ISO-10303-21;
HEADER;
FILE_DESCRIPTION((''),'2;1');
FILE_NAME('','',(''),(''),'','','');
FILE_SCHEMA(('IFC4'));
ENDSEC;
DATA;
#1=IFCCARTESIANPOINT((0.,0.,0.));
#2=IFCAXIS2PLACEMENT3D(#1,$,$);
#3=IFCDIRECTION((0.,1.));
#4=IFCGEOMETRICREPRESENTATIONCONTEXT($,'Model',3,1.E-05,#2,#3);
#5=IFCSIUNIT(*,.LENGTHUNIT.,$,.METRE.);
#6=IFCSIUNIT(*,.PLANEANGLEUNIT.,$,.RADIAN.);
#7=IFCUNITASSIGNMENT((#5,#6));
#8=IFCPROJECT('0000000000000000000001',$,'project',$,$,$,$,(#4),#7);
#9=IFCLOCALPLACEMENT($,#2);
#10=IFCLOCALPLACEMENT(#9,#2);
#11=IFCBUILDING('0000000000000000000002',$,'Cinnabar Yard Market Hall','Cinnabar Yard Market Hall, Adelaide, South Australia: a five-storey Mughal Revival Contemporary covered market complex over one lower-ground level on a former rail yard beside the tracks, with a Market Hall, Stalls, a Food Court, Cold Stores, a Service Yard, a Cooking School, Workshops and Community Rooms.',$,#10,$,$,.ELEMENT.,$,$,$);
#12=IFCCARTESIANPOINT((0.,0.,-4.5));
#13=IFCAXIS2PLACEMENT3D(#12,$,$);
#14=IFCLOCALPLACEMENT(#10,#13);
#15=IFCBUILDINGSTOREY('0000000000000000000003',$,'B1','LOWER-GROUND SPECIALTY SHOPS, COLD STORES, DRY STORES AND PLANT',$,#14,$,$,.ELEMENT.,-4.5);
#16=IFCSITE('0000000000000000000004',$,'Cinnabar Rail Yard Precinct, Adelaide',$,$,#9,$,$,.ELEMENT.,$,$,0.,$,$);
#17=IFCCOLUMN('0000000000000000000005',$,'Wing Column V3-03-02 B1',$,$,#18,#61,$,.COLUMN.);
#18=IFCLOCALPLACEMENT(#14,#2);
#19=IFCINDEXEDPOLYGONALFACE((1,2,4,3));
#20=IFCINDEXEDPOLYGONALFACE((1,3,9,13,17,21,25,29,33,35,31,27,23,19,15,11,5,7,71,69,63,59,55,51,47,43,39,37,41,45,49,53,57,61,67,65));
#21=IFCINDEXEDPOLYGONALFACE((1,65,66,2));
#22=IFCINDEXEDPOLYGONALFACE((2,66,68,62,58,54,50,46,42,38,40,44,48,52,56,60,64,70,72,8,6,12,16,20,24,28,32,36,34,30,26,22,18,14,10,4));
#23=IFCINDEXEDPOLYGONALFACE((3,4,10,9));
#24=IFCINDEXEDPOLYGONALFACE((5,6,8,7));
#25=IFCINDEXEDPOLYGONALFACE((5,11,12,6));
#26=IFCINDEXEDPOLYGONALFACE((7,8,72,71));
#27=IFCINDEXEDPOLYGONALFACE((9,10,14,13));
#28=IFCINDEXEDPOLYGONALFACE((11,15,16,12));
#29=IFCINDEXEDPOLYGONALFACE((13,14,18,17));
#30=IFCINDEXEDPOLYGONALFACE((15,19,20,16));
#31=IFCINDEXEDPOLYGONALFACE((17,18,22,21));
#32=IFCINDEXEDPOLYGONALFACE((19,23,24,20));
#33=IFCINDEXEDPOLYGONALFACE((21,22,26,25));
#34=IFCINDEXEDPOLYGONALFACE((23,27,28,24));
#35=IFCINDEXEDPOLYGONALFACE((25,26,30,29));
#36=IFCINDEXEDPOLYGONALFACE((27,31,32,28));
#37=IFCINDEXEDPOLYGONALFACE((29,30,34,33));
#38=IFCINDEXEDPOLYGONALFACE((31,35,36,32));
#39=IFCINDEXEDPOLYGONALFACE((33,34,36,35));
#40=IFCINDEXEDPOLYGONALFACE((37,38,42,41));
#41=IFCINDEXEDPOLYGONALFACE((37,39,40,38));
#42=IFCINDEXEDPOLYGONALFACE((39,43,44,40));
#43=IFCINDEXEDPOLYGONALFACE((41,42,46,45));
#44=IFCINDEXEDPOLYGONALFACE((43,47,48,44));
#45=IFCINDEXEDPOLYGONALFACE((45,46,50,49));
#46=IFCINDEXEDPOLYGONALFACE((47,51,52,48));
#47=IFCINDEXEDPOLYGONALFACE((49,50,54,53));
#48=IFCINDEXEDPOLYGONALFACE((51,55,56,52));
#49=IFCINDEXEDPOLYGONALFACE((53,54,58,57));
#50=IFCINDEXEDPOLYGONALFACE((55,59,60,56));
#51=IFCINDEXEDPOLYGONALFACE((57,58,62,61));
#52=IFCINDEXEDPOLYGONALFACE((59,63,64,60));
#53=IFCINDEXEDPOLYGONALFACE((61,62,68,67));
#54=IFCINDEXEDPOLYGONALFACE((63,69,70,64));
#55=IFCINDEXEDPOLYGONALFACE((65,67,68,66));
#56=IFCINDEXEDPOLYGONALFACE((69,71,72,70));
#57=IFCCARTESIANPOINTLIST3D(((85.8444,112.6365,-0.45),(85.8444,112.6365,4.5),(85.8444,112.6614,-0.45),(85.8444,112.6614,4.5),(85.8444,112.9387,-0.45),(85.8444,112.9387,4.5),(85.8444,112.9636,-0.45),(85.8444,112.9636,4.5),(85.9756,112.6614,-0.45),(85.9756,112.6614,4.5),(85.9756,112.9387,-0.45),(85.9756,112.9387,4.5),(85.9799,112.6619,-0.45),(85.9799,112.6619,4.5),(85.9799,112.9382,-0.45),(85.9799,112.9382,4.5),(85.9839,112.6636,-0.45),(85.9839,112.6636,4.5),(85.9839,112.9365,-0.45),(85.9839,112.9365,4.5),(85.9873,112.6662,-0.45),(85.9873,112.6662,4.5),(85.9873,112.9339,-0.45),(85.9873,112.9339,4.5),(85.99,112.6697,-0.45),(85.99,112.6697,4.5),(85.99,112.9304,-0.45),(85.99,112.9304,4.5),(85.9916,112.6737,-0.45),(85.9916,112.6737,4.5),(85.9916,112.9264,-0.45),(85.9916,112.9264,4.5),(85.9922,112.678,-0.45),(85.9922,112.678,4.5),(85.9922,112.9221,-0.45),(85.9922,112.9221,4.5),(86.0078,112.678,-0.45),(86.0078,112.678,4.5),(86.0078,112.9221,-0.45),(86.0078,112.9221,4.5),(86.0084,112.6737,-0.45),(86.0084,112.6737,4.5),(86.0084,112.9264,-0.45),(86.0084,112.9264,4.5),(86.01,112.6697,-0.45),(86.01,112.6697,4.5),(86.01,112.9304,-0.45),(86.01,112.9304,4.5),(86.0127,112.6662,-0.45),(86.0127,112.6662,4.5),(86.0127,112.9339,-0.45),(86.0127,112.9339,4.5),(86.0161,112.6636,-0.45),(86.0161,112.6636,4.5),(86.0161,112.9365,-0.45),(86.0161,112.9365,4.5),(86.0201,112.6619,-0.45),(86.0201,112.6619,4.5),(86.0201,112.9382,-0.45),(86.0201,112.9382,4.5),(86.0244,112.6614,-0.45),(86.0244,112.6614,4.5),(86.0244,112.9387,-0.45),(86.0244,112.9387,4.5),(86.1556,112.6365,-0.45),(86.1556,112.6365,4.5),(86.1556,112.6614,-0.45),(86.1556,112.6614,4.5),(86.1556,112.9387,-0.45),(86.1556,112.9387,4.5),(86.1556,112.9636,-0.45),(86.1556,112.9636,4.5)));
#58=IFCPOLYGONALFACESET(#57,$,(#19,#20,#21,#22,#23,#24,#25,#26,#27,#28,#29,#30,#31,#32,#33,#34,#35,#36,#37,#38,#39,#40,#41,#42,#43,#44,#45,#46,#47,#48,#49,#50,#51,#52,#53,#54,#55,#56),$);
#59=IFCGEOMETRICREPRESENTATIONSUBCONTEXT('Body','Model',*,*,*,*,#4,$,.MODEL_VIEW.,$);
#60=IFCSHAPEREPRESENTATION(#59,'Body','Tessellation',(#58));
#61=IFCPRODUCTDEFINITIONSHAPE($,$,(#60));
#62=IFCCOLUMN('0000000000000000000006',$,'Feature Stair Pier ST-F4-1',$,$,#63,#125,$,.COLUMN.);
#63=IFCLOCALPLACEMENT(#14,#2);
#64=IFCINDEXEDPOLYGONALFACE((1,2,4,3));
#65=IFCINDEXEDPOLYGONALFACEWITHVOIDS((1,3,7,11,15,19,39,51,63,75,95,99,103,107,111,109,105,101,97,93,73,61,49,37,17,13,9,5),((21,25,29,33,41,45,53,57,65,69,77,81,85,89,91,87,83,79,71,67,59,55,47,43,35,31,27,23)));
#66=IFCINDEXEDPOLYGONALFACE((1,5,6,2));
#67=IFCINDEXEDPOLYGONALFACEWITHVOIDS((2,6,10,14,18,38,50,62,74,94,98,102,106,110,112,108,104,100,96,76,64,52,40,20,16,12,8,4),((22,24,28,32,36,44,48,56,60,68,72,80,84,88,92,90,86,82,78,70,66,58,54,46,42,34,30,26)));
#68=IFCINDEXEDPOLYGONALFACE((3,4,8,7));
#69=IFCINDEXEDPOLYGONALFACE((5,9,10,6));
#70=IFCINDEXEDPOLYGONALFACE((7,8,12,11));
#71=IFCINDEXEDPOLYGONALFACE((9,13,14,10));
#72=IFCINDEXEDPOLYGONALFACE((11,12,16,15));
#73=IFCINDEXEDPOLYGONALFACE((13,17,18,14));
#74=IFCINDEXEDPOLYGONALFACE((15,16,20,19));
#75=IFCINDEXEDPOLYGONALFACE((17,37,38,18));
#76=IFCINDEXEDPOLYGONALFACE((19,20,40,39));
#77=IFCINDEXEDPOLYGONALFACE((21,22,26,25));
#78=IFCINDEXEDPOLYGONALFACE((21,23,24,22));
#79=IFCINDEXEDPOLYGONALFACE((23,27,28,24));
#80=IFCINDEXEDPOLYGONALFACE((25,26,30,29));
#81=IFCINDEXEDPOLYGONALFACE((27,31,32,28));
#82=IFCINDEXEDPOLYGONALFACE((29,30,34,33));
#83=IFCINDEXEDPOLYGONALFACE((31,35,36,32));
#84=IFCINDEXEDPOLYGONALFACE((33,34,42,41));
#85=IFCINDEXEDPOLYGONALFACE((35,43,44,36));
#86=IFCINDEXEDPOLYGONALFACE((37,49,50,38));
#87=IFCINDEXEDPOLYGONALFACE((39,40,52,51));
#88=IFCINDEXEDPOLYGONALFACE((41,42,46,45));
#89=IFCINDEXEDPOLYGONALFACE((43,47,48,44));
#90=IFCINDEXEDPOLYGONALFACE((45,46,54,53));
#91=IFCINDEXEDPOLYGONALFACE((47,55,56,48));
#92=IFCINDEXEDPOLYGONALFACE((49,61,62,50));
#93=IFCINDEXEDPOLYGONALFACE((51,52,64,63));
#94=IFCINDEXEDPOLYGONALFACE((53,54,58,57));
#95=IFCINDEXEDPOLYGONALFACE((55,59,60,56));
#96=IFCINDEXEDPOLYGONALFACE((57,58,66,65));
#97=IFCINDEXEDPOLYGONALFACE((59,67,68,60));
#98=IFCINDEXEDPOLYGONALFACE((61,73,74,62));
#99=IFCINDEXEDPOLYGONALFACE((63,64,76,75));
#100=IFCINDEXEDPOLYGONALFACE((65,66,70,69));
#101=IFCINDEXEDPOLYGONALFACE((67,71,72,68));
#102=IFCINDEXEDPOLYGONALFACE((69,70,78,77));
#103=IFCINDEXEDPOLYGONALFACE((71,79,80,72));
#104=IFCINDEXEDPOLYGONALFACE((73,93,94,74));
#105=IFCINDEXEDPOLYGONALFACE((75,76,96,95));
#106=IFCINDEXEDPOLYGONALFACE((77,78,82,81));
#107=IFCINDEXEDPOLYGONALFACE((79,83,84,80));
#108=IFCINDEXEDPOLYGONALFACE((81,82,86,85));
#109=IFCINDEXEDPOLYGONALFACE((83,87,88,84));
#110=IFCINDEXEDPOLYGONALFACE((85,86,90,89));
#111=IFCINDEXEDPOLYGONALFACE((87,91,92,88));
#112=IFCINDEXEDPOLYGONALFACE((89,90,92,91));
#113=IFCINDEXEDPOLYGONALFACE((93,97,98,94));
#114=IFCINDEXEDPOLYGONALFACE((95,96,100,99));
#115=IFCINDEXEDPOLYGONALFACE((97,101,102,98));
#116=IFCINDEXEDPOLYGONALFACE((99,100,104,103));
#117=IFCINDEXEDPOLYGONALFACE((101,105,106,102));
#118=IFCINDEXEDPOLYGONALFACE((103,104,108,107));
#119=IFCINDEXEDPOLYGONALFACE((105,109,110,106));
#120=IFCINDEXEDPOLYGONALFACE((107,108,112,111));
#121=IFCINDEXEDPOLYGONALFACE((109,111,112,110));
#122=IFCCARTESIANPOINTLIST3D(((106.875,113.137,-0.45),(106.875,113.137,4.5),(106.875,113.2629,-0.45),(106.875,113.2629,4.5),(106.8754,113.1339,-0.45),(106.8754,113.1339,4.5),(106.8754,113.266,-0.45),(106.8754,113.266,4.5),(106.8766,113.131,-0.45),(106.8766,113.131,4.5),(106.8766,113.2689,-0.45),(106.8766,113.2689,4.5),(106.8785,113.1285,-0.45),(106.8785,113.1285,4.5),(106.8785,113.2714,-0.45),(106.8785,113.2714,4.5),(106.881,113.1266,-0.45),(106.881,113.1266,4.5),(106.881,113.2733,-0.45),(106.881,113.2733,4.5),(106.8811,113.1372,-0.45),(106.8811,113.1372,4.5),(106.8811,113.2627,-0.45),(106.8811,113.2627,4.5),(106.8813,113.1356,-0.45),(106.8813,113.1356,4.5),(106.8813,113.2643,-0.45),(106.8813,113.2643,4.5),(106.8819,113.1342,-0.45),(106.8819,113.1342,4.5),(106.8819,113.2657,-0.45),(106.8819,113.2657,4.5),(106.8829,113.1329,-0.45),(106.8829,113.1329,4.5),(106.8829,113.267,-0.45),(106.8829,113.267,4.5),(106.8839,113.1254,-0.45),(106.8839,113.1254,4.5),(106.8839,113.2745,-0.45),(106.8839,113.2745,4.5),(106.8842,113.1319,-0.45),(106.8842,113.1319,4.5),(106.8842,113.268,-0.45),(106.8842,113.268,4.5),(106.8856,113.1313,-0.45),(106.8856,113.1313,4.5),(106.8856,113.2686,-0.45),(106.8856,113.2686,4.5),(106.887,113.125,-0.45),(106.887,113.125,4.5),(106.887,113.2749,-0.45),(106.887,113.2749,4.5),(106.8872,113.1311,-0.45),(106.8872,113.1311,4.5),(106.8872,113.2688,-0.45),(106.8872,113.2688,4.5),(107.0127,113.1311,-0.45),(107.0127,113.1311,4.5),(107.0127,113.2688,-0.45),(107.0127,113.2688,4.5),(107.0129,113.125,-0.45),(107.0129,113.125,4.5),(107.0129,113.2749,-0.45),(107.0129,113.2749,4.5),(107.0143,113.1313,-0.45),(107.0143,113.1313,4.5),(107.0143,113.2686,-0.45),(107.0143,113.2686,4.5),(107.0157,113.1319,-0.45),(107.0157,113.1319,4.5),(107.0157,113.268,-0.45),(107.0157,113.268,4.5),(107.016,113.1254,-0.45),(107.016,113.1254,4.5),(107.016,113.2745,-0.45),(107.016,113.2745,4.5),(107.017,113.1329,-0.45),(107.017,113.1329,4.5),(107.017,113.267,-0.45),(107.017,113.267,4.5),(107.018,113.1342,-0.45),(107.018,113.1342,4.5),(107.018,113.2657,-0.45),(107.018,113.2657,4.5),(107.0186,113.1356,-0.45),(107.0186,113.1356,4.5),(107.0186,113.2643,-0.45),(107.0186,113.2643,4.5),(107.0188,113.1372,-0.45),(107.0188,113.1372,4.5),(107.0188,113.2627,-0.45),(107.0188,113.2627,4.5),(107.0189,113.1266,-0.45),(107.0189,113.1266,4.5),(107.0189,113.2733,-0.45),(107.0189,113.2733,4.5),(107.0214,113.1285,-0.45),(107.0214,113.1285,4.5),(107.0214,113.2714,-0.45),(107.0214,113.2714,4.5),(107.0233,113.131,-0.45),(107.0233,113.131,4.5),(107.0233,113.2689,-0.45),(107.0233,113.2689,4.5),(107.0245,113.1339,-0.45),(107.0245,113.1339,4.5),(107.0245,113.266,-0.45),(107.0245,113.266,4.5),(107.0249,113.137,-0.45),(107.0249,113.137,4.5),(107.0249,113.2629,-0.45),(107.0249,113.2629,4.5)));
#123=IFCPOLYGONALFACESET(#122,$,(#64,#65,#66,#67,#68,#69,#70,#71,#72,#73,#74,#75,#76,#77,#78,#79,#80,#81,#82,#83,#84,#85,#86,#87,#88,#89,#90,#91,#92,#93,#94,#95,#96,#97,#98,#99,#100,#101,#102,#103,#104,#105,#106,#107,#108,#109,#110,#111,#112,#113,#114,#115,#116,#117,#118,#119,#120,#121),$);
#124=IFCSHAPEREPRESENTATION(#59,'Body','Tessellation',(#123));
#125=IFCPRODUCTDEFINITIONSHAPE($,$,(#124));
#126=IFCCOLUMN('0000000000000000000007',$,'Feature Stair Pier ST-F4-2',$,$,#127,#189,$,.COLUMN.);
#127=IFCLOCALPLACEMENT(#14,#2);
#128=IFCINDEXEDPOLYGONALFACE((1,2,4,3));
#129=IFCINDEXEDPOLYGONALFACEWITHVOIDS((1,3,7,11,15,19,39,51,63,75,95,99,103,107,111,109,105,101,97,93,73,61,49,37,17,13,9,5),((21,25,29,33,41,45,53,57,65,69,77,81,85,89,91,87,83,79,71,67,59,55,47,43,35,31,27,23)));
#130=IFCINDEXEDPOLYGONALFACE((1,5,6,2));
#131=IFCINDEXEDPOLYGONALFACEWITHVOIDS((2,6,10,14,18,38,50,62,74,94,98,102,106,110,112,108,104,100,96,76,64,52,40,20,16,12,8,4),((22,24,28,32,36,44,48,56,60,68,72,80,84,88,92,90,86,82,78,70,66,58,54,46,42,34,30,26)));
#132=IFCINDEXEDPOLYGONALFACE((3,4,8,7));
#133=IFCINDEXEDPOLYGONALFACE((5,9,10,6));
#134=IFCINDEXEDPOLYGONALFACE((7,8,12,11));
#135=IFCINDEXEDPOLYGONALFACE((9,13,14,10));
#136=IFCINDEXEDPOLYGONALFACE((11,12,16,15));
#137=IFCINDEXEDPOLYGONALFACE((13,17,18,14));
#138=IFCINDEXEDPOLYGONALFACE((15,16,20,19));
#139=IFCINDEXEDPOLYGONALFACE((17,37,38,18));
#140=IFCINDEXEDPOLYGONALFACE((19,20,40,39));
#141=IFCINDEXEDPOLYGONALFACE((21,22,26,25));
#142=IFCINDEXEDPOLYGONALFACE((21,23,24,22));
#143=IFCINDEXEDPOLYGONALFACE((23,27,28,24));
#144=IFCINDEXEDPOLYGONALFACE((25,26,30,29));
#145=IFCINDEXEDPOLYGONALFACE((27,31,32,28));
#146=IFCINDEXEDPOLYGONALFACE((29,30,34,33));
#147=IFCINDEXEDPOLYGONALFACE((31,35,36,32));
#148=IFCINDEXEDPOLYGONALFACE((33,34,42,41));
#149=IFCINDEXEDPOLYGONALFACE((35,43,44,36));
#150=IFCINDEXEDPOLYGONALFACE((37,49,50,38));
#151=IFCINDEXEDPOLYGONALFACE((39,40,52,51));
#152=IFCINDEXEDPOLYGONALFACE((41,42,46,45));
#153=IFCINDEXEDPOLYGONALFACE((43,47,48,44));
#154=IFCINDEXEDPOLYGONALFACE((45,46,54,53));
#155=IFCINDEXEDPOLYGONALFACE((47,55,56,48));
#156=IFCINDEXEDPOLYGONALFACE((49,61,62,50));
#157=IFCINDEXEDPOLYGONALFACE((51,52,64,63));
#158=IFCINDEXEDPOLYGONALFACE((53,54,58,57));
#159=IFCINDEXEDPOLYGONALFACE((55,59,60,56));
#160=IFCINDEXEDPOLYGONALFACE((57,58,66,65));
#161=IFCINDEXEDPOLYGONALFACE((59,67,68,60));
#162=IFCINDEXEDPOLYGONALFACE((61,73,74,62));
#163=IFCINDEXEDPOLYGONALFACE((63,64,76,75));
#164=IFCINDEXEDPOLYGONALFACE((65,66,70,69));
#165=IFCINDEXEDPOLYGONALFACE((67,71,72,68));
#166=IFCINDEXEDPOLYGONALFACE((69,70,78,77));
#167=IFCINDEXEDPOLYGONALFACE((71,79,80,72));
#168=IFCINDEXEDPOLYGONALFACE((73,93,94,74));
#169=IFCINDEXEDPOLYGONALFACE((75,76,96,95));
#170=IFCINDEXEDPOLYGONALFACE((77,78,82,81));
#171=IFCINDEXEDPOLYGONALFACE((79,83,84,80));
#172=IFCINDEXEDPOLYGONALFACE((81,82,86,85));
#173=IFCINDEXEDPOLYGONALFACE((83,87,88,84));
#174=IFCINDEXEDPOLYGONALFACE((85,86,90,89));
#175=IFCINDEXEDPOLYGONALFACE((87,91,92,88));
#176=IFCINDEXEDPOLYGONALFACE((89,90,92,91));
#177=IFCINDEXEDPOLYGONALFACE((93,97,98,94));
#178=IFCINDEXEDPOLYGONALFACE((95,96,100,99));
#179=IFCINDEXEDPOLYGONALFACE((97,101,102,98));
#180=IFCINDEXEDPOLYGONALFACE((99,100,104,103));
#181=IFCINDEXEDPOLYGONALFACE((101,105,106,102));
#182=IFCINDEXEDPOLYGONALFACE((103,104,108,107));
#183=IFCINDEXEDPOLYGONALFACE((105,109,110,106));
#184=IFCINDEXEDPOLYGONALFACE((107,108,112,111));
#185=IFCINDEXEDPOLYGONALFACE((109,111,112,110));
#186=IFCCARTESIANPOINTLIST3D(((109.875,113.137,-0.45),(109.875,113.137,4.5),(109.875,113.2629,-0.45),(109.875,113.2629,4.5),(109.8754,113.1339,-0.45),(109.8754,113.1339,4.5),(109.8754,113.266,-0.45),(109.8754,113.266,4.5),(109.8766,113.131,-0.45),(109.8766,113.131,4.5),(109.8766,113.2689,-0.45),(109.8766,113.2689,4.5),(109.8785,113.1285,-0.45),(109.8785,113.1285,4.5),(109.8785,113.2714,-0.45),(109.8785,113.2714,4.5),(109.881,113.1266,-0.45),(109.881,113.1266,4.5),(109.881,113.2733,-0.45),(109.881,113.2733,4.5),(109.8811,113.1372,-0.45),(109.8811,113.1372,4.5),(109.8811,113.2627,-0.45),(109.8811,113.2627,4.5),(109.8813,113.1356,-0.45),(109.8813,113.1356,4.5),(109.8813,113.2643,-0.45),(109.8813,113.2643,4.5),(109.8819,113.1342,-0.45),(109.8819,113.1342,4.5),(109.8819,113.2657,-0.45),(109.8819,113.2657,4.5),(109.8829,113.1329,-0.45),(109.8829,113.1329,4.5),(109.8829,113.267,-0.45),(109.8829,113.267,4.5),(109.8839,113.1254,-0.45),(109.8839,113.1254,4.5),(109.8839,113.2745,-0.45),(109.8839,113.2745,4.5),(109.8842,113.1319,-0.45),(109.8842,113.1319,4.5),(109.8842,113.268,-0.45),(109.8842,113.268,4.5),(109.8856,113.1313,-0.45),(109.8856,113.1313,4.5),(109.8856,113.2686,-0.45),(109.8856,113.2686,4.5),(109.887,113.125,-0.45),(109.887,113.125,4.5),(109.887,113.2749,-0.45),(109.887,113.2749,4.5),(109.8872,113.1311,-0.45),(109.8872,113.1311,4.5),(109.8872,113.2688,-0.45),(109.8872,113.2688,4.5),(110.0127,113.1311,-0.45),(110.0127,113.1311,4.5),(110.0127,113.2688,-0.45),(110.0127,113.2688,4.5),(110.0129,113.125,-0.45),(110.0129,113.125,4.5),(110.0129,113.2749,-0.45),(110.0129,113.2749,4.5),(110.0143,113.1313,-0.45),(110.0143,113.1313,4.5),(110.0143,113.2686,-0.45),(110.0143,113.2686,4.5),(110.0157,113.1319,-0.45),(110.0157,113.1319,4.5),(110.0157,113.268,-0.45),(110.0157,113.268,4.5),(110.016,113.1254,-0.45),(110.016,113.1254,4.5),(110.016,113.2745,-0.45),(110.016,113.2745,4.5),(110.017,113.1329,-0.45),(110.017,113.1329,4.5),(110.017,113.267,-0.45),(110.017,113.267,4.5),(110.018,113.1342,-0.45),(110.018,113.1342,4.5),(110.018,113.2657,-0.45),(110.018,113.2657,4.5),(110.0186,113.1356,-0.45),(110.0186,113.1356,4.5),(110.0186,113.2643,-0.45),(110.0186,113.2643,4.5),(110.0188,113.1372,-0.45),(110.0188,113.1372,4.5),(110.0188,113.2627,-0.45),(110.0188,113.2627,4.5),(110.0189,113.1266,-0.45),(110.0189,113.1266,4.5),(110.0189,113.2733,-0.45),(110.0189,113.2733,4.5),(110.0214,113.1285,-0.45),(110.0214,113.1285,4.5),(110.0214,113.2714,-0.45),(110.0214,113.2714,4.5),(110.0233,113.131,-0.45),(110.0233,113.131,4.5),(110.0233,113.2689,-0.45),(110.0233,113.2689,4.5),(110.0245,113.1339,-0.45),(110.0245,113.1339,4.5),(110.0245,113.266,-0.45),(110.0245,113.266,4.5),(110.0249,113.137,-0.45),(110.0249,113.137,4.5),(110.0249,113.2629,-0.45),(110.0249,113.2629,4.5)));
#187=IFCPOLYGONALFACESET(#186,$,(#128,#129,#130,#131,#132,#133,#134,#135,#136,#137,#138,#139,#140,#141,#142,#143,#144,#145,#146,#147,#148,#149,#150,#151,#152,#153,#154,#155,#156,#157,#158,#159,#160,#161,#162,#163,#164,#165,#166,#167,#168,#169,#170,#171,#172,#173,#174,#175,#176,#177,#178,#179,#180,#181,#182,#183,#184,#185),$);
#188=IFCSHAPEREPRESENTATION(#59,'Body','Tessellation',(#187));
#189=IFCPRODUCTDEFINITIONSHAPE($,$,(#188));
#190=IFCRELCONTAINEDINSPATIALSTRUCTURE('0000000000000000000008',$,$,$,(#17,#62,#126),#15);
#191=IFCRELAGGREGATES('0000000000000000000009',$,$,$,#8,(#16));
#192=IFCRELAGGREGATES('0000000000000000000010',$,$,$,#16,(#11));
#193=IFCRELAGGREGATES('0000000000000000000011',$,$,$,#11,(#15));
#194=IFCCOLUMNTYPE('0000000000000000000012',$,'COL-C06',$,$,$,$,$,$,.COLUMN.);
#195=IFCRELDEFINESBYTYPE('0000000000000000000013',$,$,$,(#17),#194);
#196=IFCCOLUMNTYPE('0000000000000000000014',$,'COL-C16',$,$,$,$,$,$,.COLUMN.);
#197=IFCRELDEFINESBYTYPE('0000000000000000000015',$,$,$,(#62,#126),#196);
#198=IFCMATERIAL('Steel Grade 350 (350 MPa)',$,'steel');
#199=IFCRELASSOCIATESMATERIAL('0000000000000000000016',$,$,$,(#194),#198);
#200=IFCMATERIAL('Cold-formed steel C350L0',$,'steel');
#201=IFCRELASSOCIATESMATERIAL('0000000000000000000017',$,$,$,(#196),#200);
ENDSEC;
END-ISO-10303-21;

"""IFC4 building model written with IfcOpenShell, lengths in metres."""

from ifc_helpers import new_model, si_unit, direction, frame, origin, origin_2d_with_axis, place, context, subcontext, project, spatial, hollow_rectangle, i_section, extrude, material, material_profile, profile_set, type_object, element, save


model = new_model("IFC4")

# Units and contexts
model_context = context("Model", 3, precision=1e-05, world=origin(), true_north=direction((0.0, 1.0)))
body_context = subcontext(model_context, "Body", "Model", "MODEL_VIEW")
ifc_project = project(units=[si_unit("LENGTHUNIT", "METRE"), si_unit("PLANEANGLEUNIT", "RADIAN")], contexts=[model_context])

# Site, building, storey
site_placement = place(None, origin())
site = spatial("IfcSite", under=ifc_project, at=site_placement, Name="Cinnabar Rail Yard Precinct, Adelaide", CompositionType="ELEMENT", RefElevation=0.0)
building_placement = place(site_placement, origin())
building = spatial("IfcBuilding", under=site, at=building_placement, Name="Cinnabar Yard Market Hall", Description="Cinnabar Yard Market Hall, Adelaide, South Australia: a five-storey Mughal Revival Contemporary covered market complex over one lower-ground level on a former rail yard beside the tracks, with a Market Hall, Stalls, a Food Court, Cold Stores, a Service Yard, a Cooking School, Workshops and Community Rooms.", CompositionType="ELEMENT")
storey_placement = place(building_placement, frame((0.0, 0.0, -4.5)))
storey = spatial("IfcBuildingStorey", under=building, at=storey_placement, Name="B1", Description="LOWER-GROUND SPECIALTY SHOPS, COLD STORES, DRY STORES AND PLANT", CompositionType="ELEMENT", Elevation=-4.5)

# Columns
ifc_material_1 = material(Name="Steel Grade 350 (350 MPa)", Category="steel")
ifc_material_profile_1 = material_profile(ifc_material_1, i_section(OverallWidth=0.3113, OverallDepth=0.3271, WebThickness=0.0156, FlangeThickness=0.0249, FilletRadius=0.0166, at=origin_2d_with_axis()), Name="310UC158")
ifc_profile_set_1 = profile_set([ifc_material_profile_1], Name="Steel Grade 350 (350 MPa)")
column_type_1 = type_object("IfcColumnType", Name="COL-C06", PredefinedType="COLUMN", material=ifc_profile_set_1)
column_1_placement = place(storey_placement, frame((86.0, 112.8, -0.45), z_axis=(0.0, 0.0, 1.0), x_axis=(1.0, 0.0, 0.0)))
element("IfcColumn", 1, at=column_1_placement, inside=storey, type_object=column_type_1, Name="Wing Column V3-03-02 B1", PredefinedType="COLUMN", context=body_context, shape_type="SweptSolid", body=[
    extrude(i_section(OverallWidth=0.3113, OverallDepth=0.3271, WebThickness=0.0156, FlangeThickness=0.0249, FilletRadius=0.0166, at=origin_2d_with_axis()), origin(), (0.0, 0.0, 1.0), 4.95),
])
ifc_material_2 = material(Name="Cold-formed steel C350L0", Category="steel")
ifc_material_profile_2 = material_profile(ifc_material_2, hollow_rectangle(XDim=0.1499, YDim=0.1499, WallThickness=0.0061, InnerFilletRadius=0.0061, OuterFilletRadius=0.012, at=origin_2d_with_axis()), Name="150x150x6.0SHS")
ifc_profile_set_2 = profile_set([ifc_material_profile_2], Name="Cold-formed steel C350L0")
column_type_2 = type_object("IfcColumnType", Name="COL-C16", PredefinedType="COLUMN", material=ifc_profile_set_2)
for number, where, z_axis, x_axis, name in (
    (2, (106.95, 113.2, -0.45), (0.0, 0.0, 1.0), (1.0, 0.0, 0.0), "Feature Stair Pier ST-F4-1"),
    (3, (109.95, 113.2, -0.45), (0.0, 0.0, 1.0), (1.0, 0.0, 0.0), "Feature Stair Pier ST-F4-2"),
):
    element("IfcColumn", number, at=place(storey_placement, frame(where, z_axis=z_axis, x_axis=x_axis)), inside=storey, type_object=column_type_2, Name=name, PredefinedType="COLUMN", context=body_context, shape_type="SweptSolid", body=[
        extrude(hollow_rectangle(XDim=0.1499, YDim=0.1499, WallThickness=0.0061, InnerFilletRadius=0.0061, OuterFilletRadius=0.012, at=origin_2d_with_axis()), origin(), (0.0, 0.0, 1.0), 4.95),
    ])

save(model, "model.ifc")
